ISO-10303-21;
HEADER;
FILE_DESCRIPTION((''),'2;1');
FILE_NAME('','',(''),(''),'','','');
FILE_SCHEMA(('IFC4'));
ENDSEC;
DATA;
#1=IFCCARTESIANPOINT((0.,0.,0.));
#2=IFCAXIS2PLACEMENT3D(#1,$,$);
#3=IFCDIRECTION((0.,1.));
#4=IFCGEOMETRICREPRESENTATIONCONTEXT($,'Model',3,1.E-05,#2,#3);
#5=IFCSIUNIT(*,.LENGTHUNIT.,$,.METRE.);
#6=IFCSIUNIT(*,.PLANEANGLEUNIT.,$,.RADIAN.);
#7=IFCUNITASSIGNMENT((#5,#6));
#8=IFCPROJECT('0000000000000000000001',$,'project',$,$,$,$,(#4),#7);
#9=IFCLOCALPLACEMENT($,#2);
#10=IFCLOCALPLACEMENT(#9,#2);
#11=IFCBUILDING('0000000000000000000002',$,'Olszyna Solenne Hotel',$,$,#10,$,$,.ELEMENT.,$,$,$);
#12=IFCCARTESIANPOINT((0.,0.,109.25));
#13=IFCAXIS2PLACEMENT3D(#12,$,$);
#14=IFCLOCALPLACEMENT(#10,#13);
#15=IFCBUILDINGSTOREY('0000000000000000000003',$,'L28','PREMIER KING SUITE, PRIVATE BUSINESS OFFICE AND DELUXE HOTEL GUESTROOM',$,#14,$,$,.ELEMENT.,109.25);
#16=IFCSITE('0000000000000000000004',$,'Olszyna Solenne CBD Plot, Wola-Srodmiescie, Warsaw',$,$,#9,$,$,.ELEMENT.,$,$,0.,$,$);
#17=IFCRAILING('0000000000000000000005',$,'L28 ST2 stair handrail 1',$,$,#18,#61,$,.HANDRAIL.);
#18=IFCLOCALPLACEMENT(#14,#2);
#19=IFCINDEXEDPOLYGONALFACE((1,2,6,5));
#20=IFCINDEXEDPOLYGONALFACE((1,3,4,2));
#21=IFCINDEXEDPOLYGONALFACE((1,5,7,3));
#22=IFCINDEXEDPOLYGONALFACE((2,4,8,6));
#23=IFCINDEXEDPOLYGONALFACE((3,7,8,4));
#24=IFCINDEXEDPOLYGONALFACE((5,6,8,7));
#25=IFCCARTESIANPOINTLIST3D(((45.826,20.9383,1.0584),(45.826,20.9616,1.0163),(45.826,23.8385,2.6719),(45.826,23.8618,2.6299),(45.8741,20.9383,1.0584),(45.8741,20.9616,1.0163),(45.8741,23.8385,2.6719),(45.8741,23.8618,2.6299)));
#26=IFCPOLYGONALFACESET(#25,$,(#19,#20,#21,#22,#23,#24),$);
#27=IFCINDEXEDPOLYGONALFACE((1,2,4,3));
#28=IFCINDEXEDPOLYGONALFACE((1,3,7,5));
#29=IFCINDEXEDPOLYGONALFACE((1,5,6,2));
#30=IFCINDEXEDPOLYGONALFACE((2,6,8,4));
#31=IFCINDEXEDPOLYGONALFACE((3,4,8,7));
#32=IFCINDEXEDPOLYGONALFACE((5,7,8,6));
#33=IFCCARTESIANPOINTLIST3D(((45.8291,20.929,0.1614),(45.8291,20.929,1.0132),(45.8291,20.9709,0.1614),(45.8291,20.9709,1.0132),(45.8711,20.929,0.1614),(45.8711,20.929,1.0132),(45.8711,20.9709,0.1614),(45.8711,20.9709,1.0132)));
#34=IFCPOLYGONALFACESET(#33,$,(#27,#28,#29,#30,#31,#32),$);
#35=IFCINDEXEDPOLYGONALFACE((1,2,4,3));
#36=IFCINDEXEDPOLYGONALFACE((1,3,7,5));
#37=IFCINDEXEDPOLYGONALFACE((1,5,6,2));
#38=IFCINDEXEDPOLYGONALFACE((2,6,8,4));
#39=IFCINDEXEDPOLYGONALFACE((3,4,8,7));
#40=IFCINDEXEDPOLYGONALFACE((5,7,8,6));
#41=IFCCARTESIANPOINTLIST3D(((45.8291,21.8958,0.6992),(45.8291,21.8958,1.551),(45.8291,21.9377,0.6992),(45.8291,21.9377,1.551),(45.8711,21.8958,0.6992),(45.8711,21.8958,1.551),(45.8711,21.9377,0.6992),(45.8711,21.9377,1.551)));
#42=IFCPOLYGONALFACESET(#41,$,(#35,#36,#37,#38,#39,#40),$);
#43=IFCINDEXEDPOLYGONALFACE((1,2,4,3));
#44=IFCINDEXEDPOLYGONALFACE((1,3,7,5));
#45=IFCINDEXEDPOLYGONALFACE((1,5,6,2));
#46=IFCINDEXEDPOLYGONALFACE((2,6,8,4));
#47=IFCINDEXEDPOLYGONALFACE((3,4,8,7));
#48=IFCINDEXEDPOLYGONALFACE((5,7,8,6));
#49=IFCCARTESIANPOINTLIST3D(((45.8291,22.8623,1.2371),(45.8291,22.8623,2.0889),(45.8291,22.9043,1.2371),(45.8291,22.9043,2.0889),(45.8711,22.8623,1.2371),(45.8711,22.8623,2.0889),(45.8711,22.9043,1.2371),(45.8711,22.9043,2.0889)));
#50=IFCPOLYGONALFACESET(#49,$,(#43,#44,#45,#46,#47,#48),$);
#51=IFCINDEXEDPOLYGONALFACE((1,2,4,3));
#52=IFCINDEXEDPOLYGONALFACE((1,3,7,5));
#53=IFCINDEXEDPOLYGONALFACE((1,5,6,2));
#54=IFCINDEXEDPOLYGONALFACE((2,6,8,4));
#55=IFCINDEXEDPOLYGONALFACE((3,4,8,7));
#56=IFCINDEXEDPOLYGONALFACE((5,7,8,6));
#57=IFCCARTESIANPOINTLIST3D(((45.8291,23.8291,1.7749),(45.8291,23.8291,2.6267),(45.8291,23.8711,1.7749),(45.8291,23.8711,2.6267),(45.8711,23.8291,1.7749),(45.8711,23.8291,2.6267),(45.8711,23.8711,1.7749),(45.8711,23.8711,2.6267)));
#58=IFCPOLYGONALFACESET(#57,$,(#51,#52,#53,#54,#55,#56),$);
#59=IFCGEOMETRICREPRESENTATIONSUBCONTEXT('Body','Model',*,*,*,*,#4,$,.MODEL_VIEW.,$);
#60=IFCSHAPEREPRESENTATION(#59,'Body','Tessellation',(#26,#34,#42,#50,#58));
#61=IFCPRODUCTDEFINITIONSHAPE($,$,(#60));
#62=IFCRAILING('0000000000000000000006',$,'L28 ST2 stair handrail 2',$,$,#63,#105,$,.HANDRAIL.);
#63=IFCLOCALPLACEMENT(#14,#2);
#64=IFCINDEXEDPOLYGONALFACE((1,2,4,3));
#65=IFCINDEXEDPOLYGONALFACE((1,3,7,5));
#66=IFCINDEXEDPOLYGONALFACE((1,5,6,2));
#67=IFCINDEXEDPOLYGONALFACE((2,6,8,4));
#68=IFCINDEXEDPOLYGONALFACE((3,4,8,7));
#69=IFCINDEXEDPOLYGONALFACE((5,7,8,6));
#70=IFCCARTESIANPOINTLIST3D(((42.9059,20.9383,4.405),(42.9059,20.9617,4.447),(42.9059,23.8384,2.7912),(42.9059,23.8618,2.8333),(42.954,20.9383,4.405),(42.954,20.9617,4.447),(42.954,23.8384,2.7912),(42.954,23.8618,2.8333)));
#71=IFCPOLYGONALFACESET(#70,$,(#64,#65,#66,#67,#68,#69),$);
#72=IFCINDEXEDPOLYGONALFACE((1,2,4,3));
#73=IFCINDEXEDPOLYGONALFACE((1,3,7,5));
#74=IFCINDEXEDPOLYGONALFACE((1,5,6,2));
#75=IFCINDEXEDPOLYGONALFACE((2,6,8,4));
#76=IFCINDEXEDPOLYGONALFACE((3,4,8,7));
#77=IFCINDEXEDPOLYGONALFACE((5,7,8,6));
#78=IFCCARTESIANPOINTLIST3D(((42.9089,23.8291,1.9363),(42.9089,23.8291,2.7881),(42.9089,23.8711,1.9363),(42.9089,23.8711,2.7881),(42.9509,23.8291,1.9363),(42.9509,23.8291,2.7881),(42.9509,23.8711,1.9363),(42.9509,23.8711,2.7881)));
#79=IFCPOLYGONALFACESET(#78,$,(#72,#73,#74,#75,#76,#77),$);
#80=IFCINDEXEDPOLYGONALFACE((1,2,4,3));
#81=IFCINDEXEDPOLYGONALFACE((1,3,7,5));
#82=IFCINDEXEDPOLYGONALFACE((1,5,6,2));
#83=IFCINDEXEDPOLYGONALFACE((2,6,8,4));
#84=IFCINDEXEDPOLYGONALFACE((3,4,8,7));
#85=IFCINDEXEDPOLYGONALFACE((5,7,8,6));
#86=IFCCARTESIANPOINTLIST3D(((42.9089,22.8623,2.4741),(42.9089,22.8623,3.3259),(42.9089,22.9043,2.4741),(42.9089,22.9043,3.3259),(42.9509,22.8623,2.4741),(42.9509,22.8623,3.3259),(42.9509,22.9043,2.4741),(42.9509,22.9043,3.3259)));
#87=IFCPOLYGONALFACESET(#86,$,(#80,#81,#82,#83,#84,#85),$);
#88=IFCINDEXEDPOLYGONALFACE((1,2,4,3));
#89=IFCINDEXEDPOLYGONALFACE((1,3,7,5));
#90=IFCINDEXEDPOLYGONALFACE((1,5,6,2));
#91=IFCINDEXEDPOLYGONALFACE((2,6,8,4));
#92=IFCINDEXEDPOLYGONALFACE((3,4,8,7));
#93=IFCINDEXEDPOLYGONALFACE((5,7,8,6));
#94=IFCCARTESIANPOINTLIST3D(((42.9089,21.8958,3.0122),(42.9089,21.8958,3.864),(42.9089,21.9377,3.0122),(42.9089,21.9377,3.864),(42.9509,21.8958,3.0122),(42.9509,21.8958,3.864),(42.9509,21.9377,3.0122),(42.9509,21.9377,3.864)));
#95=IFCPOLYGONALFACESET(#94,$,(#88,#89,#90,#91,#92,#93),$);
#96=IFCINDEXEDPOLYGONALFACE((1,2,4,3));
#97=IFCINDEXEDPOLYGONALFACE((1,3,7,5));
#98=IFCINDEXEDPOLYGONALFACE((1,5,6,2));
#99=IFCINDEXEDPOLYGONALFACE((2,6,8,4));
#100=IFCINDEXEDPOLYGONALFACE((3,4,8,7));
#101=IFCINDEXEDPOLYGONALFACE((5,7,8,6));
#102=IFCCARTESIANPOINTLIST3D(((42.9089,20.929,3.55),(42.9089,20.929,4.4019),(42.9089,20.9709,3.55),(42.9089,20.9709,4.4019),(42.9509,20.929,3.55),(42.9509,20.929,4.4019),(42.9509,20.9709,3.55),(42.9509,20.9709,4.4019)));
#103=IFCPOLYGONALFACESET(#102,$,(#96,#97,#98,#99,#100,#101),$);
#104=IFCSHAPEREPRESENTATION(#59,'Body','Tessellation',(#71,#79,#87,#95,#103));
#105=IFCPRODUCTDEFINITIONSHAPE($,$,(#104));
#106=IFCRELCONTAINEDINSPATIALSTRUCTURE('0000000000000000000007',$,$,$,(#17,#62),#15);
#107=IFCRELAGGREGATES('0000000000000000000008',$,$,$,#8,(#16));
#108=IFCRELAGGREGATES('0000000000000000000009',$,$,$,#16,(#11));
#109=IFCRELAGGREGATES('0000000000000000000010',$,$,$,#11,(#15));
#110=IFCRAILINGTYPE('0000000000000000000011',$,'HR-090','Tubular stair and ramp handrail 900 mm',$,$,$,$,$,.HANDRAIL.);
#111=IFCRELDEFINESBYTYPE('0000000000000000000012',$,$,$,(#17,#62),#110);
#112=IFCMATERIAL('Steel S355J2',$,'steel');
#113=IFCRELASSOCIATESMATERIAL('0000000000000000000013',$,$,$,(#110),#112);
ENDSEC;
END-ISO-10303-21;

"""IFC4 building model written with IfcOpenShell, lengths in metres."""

from ifc_helpers import new_model, si_unit, direction, frame, origin, origin_2d, place, context, subcontext, project, spatial, rectangle, extrude, material, type_object, element, save


model = new_model("IFC4")

# Units and contexts
model_context = context("Model", 3, precision=1e-05, world=origin(), true_north=direction((0.0, 1.0)))
body_context = subcontext(model_context, "Body", "Model", "MODEL_VIEW")
ifc_project = project(units=[si_unit("LENGTHUNIT", "METRE"), si_unit("PLANEANGLEUNIT", "RADIAN")], contexts=[model_context])

# Site, building, storey
site_placement = place(None, origin())
site = spatial("IfcSite", under=ifc_project, at=site_placement, Name="Olszyna Solenne CBD Plot, Wola-Srodmiescie, Warsaw", CompositionType="ELEMENT", RefElevation=0.0)
building_placement = place(site_placement, origin())
building = spatial("IfcBuilding", under=site, at=building_placement, Name="Olszyna Solenne Hotel", CompositionType="ELEMENT")
storey_placement = place(building_placement, frame((0.0, 0.0, 109.25)))
storey = spatial("IfcBuildingStorey", under=building, at=storey_placement, Name="L28", Description="PREMIER KING SUITE, PRIVATE BUSINESS OFFICE AND DELUXE HOTEL GUESTROOM", CompositionType="ELEMENT", Elevation=109.25)

# Shared definitions
ifc_material_1 = material(Name="Steel S355J2", Category="steel")

# Railings
railing_type_1 = type_object("IfcRailingType", Name="HR-090", Description="Tubular stair and ramp handrail 900 mm", PredefinedType="HANDRAIL", material=ifc_material_1)
railing_1_placement = place(storey_placement, frame((45.8501, 20.95, 0.1614)))
element("IfcRailing", 1, at=railing_1_placement, inside=storey, type_object=railing_type_1, Name="L28 ST2 stair handrail 1", PredefinedType="HANDRAIL", context=body_context, shape_type="SweptSolid", body=[
    extrude(rectangle(XDim=0.0481, YDim=0.0481, at=origin_2d()), frame((0.0, 0.0, 0.876), z_axis=(0.0, 0.873859, 0.48618), x_axis=(-1.0, 0.0, 0.0)), (0.0, 0.0, 1.0), 3.3188),
    extrude(rectangle(XDim=0.042, YDim=0.042, at=origin_2d()), origin(), (0.0, 0.0, 1.0), 0.8518),
    extrude(rectangle(XDim=0.042, YDim=0.042, at=origin_2d()), frame((0.0, 0.9668, 0.5378)), (0.0, 0.0, 1.0), 0.8518),
    extrude(rectangle(XDim=0.042, YDim=0.042, at=origin_2d()), frame((0.0, 1.9333, 1.0757)), (0.0, 0.0, 1.0), 0.8518),
    extrude(rectangle(XDim=0.042, YDim=0.042, at=origin_2d()), frame((0.0, 2.9001, 1.6135)), (0.0, 0.0, 1.0), 0.8518),
])
railing_2_placement = place(storey_placement, frame((42.9299, 23.8501, 1.9363)))
element("IfcRailing", 2, at=railing_2_placement, inside=storey, type_object=railing_type_1, Name="L28 ST2 stair handrail 2", PredefinedType="HANDRAIL", context=body_context, shape_type="SweptSolid", body=[
    extrude(rectangle(XDim=0.0481, YDim=0.0481, at=origin_2d()), frame((0.0, 0.0, 0.876), z_axis=(0.0, -0.873827, 0.486236), x_axis=(1.0, 0.0, 0.0)), (0.0, 0.0, 1.0), 3.3188),
    extrude(rectangle(XDim=0.042, YDim=0.042, at=origin_2d()), origin(), (0.0, 0.0, 1.0), 0.8518),
    extrude(rectangle(XDim=0.042, YDim=0.042, at=origin_2d()), frame((0.0, -0.9668, 0.5378)), (0.0, 0.0, 1.0), 0.8518),
    extrude(rectangle(XDim=0.042, YDim=0.042, at=origin_2d()), frame((0.0, -1.9333, 1.0759)), (0.0, 0.0, 1.0), 0.8518),
    extrude(rectangle(XDim=0.042, YDim=0.042, at=origin_2d()), frame((0.0, -2.9001, 1.6138)), (0.0, 0.0, 1.0), 0.8518),
])

save(model, "model.ifc")
